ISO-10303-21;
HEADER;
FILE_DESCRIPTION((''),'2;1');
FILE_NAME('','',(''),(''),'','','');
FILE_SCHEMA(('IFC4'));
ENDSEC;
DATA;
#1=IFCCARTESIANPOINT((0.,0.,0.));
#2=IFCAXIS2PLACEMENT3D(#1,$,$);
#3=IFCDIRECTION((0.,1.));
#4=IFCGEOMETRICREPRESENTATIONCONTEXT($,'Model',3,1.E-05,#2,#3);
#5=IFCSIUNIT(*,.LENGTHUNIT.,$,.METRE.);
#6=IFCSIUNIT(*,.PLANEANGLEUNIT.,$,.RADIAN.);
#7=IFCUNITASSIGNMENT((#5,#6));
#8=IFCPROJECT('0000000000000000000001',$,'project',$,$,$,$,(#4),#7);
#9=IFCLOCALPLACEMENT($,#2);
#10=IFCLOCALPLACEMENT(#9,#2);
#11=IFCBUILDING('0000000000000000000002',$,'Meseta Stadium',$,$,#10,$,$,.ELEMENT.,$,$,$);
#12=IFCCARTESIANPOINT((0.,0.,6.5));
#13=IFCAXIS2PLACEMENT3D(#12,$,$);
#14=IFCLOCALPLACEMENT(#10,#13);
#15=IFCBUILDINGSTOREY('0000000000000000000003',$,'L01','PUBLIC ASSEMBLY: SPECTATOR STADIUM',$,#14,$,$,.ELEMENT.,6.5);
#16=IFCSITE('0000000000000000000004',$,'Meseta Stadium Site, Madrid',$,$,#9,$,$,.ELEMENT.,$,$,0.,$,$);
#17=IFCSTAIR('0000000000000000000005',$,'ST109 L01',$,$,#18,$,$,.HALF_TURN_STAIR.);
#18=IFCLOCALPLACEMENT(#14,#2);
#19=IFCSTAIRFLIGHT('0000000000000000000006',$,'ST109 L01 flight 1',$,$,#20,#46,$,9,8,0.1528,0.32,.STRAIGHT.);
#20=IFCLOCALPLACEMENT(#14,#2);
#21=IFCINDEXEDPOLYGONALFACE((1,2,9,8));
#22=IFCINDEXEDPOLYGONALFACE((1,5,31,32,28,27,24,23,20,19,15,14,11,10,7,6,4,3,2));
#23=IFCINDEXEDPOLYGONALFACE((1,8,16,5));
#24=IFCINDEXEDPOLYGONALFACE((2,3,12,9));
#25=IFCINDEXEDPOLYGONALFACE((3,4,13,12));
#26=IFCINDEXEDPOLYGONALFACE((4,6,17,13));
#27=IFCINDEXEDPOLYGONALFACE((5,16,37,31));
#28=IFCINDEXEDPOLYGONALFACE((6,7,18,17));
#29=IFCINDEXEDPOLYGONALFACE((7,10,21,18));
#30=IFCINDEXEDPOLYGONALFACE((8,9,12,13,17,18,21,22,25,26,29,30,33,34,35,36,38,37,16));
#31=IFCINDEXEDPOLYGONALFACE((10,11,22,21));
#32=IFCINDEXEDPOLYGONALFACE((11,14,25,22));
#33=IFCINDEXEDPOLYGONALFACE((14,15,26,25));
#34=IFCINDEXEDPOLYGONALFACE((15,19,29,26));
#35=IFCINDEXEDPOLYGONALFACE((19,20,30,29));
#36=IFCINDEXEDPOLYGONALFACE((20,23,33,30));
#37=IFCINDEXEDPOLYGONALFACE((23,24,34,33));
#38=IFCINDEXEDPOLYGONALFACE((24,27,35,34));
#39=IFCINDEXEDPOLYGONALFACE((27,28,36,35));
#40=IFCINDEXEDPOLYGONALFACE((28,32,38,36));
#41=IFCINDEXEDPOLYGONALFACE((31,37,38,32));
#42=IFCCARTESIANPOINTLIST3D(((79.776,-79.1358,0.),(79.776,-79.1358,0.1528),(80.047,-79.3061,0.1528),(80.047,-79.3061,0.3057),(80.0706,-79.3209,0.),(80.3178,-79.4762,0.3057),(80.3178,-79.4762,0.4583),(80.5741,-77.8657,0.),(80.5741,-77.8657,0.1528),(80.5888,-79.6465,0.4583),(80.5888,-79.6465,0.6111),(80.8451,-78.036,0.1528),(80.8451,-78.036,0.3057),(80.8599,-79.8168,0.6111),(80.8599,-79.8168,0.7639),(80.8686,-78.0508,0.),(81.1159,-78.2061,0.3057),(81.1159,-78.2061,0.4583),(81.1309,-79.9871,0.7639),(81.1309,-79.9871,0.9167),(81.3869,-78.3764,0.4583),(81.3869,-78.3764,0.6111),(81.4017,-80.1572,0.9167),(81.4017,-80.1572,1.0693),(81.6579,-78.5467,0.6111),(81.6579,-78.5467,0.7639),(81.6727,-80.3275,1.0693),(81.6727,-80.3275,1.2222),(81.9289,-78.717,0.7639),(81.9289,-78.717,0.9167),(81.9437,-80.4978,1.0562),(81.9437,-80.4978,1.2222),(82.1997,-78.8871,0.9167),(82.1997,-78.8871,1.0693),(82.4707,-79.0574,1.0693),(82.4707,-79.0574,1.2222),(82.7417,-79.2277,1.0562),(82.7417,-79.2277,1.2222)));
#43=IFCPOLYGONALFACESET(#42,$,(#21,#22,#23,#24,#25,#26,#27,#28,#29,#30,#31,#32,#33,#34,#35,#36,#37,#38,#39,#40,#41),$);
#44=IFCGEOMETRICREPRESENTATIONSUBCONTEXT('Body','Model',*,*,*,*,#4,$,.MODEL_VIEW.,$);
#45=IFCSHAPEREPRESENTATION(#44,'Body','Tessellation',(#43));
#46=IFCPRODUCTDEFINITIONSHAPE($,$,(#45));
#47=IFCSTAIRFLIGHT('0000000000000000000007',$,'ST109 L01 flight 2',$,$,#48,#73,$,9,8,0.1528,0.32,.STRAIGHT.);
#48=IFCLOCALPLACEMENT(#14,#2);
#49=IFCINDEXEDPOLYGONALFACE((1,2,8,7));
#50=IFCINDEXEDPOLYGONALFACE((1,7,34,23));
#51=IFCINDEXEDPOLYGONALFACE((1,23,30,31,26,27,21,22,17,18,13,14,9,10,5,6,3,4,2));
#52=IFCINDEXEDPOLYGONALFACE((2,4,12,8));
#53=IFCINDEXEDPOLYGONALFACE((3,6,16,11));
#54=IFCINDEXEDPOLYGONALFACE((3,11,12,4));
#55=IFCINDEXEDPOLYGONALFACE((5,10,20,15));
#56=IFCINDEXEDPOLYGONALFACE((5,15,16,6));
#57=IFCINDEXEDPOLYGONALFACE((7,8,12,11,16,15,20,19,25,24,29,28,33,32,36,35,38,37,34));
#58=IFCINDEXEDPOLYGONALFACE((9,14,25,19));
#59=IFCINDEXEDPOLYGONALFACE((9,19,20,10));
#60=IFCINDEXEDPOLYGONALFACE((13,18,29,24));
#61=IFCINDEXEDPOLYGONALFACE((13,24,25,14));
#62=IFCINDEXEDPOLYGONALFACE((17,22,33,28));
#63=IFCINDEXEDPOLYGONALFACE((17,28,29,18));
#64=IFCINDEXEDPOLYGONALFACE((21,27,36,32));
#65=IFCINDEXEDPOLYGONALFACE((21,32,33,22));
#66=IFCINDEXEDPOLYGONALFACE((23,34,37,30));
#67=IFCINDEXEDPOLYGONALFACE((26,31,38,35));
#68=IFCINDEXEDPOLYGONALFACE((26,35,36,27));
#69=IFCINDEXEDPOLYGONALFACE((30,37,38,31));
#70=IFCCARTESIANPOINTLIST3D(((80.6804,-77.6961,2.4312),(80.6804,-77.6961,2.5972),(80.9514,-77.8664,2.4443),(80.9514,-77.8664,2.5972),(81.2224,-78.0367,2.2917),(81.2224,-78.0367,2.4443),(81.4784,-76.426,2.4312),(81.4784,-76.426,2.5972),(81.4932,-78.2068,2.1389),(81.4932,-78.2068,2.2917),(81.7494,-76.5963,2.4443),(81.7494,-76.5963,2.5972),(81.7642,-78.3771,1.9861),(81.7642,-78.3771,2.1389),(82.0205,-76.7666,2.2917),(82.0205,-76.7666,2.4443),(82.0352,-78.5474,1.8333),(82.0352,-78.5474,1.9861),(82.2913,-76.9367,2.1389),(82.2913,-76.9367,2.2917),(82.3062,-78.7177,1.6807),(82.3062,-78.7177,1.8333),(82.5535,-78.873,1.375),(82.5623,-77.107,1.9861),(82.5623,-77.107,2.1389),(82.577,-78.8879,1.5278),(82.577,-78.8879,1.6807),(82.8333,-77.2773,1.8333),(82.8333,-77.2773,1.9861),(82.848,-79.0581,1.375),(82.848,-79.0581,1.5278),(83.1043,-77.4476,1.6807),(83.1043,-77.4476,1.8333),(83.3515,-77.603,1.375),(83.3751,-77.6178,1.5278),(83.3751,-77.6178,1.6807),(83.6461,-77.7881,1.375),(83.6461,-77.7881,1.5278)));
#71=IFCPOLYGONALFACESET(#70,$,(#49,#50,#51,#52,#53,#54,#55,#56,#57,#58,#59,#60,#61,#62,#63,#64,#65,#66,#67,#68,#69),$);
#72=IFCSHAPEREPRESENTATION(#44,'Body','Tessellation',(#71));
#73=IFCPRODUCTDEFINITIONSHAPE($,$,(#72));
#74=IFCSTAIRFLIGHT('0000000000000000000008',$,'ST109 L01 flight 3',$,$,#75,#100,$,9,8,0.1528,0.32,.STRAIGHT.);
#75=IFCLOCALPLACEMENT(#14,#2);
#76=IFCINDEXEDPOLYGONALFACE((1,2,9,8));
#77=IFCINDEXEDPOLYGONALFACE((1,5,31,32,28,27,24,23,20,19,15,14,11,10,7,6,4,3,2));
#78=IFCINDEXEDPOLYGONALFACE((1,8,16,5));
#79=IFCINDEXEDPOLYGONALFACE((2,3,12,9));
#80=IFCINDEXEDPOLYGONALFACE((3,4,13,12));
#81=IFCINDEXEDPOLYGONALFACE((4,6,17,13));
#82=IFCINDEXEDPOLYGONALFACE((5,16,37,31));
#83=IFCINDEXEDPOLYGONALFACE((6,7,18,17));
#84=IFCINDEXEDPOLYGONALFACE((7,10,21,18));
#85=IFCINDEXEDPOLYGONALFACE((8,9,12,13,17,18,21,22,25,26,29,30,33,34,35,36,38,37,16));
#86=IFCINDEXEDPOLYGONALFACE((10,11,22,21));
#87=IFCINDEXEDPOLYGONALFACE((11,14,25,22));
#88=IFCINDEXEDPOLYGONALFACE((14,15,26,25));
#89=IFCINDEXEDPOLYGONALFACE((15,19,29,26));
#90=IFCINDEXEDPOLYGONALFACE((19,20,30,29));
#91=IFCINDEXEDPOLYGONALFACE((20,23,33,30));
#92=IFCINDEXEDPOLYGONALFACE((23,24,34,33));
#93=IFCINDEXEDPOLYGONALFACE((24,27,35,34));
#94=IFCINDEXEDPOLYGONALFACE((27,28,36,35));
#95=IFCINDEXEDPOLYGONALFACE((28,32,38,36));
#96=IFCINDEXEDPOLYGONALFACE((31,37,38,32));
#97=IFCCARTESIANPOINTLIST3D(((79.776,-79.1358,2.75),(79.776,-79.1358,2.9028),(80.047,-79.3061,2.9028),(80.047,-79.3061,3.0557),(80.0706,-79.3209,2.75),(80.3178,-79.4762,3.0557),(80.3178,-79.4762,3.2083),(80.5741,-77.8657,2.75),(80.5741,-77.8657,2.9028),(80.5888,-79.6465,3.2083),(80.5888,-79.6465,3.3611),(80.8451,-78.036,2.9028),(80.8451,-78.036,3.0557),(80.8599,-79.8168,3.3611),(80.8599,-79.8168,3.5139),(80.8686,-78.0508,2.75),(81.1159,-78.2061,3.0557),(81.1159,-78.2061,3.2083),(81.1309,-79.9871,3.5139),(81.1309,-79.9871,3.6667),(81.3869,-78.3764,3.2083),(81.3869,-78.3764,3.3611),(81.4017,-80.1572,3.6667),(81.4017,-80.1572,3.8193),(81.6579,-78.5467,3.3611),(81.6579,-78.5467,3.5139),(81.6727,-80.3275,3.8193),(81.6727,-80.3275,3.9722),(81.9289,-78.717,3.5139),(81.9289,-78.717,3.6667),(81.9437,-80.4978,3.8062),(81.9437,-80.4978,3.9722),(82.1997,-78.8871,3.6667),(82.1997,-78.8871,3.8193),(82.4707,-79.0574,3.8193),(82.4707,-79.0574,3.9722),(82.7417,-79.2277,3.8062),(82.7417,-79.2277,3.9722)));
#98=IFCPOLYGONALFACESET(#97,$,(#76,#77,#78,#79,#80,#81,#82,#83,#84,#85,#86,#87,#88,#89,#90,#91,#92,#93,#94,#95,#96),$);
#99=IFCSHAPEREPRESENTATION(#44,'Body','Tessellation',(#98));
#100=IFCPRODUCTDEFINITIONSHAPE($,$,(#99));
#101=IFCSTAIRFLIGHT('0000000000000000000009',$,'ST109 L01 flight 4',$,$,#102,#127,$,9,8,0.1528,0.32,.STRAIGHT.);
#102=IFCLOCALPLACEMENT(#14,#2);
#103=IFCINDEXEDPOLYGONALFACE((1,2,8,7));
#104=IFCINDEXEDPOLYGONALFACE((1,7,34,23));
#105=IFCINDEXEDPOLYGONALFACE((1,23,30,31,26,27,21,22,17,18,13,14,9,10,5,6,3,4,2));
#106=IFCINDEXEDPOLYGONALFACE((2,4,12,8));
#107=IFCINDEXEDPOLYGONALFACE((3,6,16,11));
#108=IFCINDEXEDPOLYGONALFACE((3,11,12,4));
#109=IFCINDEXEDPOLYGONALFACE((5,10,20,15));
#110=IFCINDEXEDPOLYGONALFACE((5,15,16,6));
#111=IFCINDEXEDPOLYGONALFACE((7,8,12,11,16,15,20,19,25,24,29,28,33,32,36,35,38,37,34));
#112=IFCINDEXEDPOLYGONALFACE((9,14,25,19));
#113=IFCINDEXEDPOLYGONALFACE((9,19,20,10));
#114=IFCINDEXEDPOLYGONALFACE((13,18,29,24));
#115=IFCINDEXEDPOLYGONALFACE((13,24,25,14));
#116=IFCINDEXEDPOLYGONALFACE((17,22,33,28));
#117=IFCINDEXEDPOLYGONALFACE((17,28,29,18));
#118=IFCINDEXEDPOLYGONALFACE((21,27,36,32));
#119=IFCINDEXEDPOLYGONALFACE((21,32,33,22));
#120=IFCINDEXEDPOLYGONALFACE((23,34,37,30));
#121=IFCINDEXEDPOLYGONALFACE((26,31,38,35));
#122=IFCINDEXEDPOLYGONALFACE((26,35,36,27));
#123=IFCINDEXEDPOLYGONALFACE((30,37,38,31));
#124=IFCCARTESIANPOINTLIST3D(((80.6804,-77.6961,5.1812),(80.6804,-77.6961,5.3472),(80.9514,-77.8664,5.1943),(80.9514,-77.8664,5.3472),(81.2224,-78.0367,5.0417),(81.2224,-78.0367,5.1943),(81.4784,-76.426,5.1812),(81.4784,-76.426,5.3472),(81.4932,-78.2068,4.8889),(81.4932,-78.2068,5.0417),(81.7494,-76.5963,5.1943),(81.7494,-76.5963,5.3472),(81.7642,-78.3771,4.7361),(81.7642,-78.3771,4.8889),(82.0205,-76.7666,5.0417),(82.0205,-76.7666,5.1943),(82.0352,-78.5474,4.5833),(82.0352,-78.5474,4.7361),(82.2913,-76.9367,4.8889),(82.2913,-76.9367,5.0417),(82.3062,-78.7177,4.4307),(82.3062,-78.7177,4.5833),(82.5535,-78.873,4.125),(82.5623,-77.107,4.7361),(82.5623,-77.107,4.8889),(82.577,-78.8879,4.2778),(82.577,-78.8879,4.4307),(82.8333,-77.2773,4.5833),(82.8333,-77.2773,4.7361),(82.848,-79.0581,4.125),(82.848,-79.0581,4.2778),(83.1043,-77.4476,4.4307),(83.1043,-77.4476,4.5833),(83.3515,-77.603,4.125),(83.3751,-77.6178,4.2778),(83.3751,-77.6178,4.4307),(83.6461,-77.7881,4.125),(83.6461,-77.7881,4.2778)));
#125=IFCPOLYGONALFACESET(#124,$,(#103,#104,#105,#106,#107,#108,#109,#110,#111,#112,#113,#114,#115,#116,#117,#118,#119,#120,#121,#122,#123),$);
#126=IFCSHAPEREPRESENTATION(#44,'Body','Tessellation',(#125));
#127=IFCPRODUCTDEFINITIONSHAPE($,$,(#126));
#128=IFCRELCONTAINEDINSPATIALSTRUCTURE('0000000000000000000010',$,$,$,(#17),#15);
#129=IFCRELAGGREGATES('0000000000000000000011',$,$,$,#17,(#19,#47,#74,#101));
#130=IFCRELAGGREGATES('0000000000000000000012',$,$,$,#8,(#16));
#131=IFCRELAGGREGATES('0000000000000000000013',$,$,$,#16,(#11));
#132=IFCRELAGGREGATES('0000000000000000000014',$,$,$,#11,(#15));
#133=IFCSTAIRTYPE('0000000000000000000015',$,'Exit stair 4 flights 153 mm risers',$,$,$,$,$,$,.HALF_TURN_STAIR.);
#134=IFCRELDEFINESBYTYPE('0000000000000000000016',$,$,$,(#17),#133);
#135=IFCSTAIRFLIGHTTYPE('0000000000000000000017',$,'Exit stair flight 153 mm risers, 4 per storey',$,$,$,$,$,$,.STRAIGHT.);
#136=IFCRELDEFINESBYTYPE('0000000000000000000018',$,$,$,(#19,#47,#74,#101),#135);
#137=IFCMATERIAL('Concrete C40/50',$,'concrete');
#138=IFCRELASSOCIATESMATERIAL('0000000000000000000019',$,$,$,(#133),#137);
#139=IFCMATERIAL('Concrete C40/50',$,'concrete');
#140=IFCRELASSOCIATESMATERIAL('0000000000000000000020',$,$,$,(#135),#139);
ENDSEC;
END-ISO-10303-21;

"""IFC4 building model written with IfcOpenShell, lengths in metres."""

from ifc_helpers import new_model, si_unit, direction, frame, origin, place, context, subcontext, project, spatial, polyline, outline, extrude, material, type_object, element, aggregate, save


model = new_model("IFC4")

# Units and contexts
model_context = context("Model", 3, precision=1e-05, world=origin(), true_north=direction((0.0, 1.0)))
body_context = subcontext(model_context, "Body", "Model", "MODEL_VIEW")
ifc_project = project(units=[si_unit("LENGTHUNIT", "METRE"), si_unit("PLANEANGLEUNIT", "RADIAN")], contexts=[model_context])

# Site, building, storey
site_placement = place(None, origin())
site = spatial("IfcSite", under=ifc_project, at=site_placement, Name="Meseta Stadium Site, Madrid", CompositionType="ELEMENT", RefElevation=0.0)
building_placement = place(site_placement, origin())
building = spatial("IfcBuilding", under=site, at=building_placement, Name="Meseta Stadium", CompositionType="ELEMENT")
storey_placement = place(building_placement, frame((0.0, 0.0, 6.5)))
storey = spatial("IfcBuildingStorey", under=building, at=storey_placement, Name="L01", Description="PUBLIC ASSEMBLY: SPECTATOR STADIUM", CompositionType="ELEMENT", Elevation=6.5)

# Stair, stair flights
ifc_material_1 = material(Name="Concrete C40/50", Category="concrete")
stair_type = type_object("IfcStairType", Name="Exit stair 4 flights 153 mm risers", PredefinedType="HALF_TURN_STAIR", material=ifc_material_1)
stair_placement = place(storey_placement, origin())
stair = element("IfcStair", 1, at=stair_placement, inside=storey, type_object=stair_type, Name="ST109 L01", PredefinedType="HALF_TURN_STAIR")
ifc_material_2 = material(Name="Concrete C40/50", Category="concrete")
stair_flight_type = type_object("IfcStairFlightType", Name="Exit stair flight 153 mm risers, 4 per storey", PredefinedType="STRAIGHT", material=ifc_material_2)
stair_flight_1_placement = place(storey_placement, frame((80.175, -78.5007, 0.0), z_axis=(0.0, 0.0, 1.0), x_axis=(0.846724, -0.532032, 0.0)))
stair_flight_1 = element("IfcStairFlight", 2, at=stair_flight_1_placement, type_object=stair_flight_type, Name="ST109 L01 flight 1", NumberOfRisers=9, NumberOfTreads=8, PredefinedType="STRAIGHT", RiserHeight=0.1528, TreadLength=0.32, context=body_context, shape_type="SweptSolid", body=[
    extrude(outline(polyline([(0.0, 0.0), (0.0, 0.1528), (0.3201, 0.1528), (0.3201, 0.3057), (0.6399, 0.3057), (0.6399, 0.4583), (0.96, 0.4583), (0.96, 0.6111), (1.28, 0.6111), (1.28, 0.7639), (1.6001, 0.7639), (1.6001, 0.9167), (1.9199, 0.9167), (1.9199, 1.0693), (2.24, 1.0693), (2.24, 1.2222), (2.5601, 1.2222), (2.5601, 1.0562), (0.3479, 0.0), (0.0, 0.0)])), frame((0.0, 0.75, 0.0), z_axis=(0.0, -1.0, 0.0), x_axis=(1.0, 0.0, 0.0)), (0.0, 0.0, 1.0), 1.5),
])
stair_flight_2_placement = place(storey_placement, frame((83.2471, -78.4231, 1.375), z_axis=(0.0, 0.0, 1.0), x_axis=(-0.846724, 0.532032, 0.0)))
stair_flight_2 = element("IfcStairFlight", 3, at=stair_flight_2_placement, type_object=stair_flight_type, Name="ST109 L01 flight 2", NumberOfRisers=9, NumberOfTreads=8, PredefinedType="STRAIGHT", RiserHeight=0.1528, TreadLength=0.32, context=body_context, shape_type="SweptSolid", body=[
    extrude(outline(polyline([(0.0, 0.0), (0.0, 0.1528), (0.3201, 0.1528), (0.3201, 0.3057), (0.6399, 0.3057), (0.6399, 0.4583), (0.96, 0.4583), (0.96, 0.6111), (1.28, 0.6111), (1.28, 0.7639), (1.6001, 0.7639), (1.6001, 0.9167), (1.9199, 0.9167), (1.9199, 1.0693), (2.24, 1.0693), (2.24, 1.2222), (2.5601, 1.2222), (2.5601, 1.0562), (0.3479, 0.0), (0.0, 0.0)])), frame((0.0, 0.75, 0.0), z_axis=(0.0, -1.0, 0.0), x_axis=(1.0, 0.0, 0.0)), (0.0, 0.0, 1.0), 1.5),
])
stair_flight_3_placement = place(storey_placement, frame((80.175, -78.5007, 2.75), z_axis=(0.0, 0.0, 1.0), x_axis=(0.846724, -0.532032, 0.0)))
stair_flight_3 = element("IfcStairFlight", 4, at=stair_flight_3_placement, type_object=stair_flight_type, Name="ST109 L01 flight 3", NumberOfRisers=9, NumberOfTreads=8, PredefinedType="STRAIGHT", RiserHeight=0.1528, TreadLength=0.32, context=body_context, shape_type="SweptSolid", body=[
    extrude(outline(polyline([(0.0, 0.0), (0.0, 0.1528), (0.3201, 0.1528), (0.3201, 0.3057), (0.6399, 0.3057), (0.6399, 0.4583), (0.96, 0.4583), (0.96, 0.6111), (1.28, 0.6111), (1.28, 0.7639), (1.6001, 0.7639), (1.6001, 0.9167), (1.9199, 0.9167), (1.9199, 1.0693), (2.24, 1.0693), (2.24, 1.2222), (2.5601, 1.2222), (2.5601, 1.0562), (0.3479, 0.0), (0.0, 0.0)])), frame((0.0, 0.75, 0.0), z_axis=(0.0, -1.0, 0.0), x_axis=(1.0, 0.0, 0.0)), (0.0, 0.0, 1.0), 1.5),
])
stair_flight_4_placement = place(storey_placement, frame((83.2471, -78.4231, 4.125), z_axis=(0.0, 0.0, 1.0), x_axis=(-0.846724, 0.532032, 0.0)))
stair_flight_4 = element("IfcStairFlight", 5, at=stair_flight_4_placement, type_object=stair_flight_type, Name="ST109 L01 flight 4", NumberOfRisers=9, NumberOfTreads=8, PredefinedType="STRAIGHT", RiserHeight=0.1528, TreadLength=0.32, context=body_context, shape_type="SweptSolid", body=[
    extrude(outline(polyline([(0.0, 0.0), (0.0, 0.1528), (0.3201, 0.1528), (0.3201, 0.3057), (0.6399, 0.3057), (0.6399, 0.4583), (0.96, 0.4583), (0.96, 0.6111), (1.28, 0.6111), (1.28, 0.7639), (1.6001, 0.7639), (1.6001, 0.9167), (1.9199, 0.9167), (1.9199, 1.0693), (2.24, 1.0693), (2.24, 1.2222), (2.5601, 1.2222), (2.5601, 1.0562), (0.3479, 0.0), (0.0, 0.0)])), frame((0.0, 0.75, 0.0), z_axis=(0.0, -1.0, 0.0), x_axis=(1.0, 0.0, 0.0)), (0.0, 0.0, 1.0), 1.5),
])
aggregate(stair, [stair_flight_1, stair_flight_2, stair_flight_3, stair_flight_4])

save(model, "model.ifc")
